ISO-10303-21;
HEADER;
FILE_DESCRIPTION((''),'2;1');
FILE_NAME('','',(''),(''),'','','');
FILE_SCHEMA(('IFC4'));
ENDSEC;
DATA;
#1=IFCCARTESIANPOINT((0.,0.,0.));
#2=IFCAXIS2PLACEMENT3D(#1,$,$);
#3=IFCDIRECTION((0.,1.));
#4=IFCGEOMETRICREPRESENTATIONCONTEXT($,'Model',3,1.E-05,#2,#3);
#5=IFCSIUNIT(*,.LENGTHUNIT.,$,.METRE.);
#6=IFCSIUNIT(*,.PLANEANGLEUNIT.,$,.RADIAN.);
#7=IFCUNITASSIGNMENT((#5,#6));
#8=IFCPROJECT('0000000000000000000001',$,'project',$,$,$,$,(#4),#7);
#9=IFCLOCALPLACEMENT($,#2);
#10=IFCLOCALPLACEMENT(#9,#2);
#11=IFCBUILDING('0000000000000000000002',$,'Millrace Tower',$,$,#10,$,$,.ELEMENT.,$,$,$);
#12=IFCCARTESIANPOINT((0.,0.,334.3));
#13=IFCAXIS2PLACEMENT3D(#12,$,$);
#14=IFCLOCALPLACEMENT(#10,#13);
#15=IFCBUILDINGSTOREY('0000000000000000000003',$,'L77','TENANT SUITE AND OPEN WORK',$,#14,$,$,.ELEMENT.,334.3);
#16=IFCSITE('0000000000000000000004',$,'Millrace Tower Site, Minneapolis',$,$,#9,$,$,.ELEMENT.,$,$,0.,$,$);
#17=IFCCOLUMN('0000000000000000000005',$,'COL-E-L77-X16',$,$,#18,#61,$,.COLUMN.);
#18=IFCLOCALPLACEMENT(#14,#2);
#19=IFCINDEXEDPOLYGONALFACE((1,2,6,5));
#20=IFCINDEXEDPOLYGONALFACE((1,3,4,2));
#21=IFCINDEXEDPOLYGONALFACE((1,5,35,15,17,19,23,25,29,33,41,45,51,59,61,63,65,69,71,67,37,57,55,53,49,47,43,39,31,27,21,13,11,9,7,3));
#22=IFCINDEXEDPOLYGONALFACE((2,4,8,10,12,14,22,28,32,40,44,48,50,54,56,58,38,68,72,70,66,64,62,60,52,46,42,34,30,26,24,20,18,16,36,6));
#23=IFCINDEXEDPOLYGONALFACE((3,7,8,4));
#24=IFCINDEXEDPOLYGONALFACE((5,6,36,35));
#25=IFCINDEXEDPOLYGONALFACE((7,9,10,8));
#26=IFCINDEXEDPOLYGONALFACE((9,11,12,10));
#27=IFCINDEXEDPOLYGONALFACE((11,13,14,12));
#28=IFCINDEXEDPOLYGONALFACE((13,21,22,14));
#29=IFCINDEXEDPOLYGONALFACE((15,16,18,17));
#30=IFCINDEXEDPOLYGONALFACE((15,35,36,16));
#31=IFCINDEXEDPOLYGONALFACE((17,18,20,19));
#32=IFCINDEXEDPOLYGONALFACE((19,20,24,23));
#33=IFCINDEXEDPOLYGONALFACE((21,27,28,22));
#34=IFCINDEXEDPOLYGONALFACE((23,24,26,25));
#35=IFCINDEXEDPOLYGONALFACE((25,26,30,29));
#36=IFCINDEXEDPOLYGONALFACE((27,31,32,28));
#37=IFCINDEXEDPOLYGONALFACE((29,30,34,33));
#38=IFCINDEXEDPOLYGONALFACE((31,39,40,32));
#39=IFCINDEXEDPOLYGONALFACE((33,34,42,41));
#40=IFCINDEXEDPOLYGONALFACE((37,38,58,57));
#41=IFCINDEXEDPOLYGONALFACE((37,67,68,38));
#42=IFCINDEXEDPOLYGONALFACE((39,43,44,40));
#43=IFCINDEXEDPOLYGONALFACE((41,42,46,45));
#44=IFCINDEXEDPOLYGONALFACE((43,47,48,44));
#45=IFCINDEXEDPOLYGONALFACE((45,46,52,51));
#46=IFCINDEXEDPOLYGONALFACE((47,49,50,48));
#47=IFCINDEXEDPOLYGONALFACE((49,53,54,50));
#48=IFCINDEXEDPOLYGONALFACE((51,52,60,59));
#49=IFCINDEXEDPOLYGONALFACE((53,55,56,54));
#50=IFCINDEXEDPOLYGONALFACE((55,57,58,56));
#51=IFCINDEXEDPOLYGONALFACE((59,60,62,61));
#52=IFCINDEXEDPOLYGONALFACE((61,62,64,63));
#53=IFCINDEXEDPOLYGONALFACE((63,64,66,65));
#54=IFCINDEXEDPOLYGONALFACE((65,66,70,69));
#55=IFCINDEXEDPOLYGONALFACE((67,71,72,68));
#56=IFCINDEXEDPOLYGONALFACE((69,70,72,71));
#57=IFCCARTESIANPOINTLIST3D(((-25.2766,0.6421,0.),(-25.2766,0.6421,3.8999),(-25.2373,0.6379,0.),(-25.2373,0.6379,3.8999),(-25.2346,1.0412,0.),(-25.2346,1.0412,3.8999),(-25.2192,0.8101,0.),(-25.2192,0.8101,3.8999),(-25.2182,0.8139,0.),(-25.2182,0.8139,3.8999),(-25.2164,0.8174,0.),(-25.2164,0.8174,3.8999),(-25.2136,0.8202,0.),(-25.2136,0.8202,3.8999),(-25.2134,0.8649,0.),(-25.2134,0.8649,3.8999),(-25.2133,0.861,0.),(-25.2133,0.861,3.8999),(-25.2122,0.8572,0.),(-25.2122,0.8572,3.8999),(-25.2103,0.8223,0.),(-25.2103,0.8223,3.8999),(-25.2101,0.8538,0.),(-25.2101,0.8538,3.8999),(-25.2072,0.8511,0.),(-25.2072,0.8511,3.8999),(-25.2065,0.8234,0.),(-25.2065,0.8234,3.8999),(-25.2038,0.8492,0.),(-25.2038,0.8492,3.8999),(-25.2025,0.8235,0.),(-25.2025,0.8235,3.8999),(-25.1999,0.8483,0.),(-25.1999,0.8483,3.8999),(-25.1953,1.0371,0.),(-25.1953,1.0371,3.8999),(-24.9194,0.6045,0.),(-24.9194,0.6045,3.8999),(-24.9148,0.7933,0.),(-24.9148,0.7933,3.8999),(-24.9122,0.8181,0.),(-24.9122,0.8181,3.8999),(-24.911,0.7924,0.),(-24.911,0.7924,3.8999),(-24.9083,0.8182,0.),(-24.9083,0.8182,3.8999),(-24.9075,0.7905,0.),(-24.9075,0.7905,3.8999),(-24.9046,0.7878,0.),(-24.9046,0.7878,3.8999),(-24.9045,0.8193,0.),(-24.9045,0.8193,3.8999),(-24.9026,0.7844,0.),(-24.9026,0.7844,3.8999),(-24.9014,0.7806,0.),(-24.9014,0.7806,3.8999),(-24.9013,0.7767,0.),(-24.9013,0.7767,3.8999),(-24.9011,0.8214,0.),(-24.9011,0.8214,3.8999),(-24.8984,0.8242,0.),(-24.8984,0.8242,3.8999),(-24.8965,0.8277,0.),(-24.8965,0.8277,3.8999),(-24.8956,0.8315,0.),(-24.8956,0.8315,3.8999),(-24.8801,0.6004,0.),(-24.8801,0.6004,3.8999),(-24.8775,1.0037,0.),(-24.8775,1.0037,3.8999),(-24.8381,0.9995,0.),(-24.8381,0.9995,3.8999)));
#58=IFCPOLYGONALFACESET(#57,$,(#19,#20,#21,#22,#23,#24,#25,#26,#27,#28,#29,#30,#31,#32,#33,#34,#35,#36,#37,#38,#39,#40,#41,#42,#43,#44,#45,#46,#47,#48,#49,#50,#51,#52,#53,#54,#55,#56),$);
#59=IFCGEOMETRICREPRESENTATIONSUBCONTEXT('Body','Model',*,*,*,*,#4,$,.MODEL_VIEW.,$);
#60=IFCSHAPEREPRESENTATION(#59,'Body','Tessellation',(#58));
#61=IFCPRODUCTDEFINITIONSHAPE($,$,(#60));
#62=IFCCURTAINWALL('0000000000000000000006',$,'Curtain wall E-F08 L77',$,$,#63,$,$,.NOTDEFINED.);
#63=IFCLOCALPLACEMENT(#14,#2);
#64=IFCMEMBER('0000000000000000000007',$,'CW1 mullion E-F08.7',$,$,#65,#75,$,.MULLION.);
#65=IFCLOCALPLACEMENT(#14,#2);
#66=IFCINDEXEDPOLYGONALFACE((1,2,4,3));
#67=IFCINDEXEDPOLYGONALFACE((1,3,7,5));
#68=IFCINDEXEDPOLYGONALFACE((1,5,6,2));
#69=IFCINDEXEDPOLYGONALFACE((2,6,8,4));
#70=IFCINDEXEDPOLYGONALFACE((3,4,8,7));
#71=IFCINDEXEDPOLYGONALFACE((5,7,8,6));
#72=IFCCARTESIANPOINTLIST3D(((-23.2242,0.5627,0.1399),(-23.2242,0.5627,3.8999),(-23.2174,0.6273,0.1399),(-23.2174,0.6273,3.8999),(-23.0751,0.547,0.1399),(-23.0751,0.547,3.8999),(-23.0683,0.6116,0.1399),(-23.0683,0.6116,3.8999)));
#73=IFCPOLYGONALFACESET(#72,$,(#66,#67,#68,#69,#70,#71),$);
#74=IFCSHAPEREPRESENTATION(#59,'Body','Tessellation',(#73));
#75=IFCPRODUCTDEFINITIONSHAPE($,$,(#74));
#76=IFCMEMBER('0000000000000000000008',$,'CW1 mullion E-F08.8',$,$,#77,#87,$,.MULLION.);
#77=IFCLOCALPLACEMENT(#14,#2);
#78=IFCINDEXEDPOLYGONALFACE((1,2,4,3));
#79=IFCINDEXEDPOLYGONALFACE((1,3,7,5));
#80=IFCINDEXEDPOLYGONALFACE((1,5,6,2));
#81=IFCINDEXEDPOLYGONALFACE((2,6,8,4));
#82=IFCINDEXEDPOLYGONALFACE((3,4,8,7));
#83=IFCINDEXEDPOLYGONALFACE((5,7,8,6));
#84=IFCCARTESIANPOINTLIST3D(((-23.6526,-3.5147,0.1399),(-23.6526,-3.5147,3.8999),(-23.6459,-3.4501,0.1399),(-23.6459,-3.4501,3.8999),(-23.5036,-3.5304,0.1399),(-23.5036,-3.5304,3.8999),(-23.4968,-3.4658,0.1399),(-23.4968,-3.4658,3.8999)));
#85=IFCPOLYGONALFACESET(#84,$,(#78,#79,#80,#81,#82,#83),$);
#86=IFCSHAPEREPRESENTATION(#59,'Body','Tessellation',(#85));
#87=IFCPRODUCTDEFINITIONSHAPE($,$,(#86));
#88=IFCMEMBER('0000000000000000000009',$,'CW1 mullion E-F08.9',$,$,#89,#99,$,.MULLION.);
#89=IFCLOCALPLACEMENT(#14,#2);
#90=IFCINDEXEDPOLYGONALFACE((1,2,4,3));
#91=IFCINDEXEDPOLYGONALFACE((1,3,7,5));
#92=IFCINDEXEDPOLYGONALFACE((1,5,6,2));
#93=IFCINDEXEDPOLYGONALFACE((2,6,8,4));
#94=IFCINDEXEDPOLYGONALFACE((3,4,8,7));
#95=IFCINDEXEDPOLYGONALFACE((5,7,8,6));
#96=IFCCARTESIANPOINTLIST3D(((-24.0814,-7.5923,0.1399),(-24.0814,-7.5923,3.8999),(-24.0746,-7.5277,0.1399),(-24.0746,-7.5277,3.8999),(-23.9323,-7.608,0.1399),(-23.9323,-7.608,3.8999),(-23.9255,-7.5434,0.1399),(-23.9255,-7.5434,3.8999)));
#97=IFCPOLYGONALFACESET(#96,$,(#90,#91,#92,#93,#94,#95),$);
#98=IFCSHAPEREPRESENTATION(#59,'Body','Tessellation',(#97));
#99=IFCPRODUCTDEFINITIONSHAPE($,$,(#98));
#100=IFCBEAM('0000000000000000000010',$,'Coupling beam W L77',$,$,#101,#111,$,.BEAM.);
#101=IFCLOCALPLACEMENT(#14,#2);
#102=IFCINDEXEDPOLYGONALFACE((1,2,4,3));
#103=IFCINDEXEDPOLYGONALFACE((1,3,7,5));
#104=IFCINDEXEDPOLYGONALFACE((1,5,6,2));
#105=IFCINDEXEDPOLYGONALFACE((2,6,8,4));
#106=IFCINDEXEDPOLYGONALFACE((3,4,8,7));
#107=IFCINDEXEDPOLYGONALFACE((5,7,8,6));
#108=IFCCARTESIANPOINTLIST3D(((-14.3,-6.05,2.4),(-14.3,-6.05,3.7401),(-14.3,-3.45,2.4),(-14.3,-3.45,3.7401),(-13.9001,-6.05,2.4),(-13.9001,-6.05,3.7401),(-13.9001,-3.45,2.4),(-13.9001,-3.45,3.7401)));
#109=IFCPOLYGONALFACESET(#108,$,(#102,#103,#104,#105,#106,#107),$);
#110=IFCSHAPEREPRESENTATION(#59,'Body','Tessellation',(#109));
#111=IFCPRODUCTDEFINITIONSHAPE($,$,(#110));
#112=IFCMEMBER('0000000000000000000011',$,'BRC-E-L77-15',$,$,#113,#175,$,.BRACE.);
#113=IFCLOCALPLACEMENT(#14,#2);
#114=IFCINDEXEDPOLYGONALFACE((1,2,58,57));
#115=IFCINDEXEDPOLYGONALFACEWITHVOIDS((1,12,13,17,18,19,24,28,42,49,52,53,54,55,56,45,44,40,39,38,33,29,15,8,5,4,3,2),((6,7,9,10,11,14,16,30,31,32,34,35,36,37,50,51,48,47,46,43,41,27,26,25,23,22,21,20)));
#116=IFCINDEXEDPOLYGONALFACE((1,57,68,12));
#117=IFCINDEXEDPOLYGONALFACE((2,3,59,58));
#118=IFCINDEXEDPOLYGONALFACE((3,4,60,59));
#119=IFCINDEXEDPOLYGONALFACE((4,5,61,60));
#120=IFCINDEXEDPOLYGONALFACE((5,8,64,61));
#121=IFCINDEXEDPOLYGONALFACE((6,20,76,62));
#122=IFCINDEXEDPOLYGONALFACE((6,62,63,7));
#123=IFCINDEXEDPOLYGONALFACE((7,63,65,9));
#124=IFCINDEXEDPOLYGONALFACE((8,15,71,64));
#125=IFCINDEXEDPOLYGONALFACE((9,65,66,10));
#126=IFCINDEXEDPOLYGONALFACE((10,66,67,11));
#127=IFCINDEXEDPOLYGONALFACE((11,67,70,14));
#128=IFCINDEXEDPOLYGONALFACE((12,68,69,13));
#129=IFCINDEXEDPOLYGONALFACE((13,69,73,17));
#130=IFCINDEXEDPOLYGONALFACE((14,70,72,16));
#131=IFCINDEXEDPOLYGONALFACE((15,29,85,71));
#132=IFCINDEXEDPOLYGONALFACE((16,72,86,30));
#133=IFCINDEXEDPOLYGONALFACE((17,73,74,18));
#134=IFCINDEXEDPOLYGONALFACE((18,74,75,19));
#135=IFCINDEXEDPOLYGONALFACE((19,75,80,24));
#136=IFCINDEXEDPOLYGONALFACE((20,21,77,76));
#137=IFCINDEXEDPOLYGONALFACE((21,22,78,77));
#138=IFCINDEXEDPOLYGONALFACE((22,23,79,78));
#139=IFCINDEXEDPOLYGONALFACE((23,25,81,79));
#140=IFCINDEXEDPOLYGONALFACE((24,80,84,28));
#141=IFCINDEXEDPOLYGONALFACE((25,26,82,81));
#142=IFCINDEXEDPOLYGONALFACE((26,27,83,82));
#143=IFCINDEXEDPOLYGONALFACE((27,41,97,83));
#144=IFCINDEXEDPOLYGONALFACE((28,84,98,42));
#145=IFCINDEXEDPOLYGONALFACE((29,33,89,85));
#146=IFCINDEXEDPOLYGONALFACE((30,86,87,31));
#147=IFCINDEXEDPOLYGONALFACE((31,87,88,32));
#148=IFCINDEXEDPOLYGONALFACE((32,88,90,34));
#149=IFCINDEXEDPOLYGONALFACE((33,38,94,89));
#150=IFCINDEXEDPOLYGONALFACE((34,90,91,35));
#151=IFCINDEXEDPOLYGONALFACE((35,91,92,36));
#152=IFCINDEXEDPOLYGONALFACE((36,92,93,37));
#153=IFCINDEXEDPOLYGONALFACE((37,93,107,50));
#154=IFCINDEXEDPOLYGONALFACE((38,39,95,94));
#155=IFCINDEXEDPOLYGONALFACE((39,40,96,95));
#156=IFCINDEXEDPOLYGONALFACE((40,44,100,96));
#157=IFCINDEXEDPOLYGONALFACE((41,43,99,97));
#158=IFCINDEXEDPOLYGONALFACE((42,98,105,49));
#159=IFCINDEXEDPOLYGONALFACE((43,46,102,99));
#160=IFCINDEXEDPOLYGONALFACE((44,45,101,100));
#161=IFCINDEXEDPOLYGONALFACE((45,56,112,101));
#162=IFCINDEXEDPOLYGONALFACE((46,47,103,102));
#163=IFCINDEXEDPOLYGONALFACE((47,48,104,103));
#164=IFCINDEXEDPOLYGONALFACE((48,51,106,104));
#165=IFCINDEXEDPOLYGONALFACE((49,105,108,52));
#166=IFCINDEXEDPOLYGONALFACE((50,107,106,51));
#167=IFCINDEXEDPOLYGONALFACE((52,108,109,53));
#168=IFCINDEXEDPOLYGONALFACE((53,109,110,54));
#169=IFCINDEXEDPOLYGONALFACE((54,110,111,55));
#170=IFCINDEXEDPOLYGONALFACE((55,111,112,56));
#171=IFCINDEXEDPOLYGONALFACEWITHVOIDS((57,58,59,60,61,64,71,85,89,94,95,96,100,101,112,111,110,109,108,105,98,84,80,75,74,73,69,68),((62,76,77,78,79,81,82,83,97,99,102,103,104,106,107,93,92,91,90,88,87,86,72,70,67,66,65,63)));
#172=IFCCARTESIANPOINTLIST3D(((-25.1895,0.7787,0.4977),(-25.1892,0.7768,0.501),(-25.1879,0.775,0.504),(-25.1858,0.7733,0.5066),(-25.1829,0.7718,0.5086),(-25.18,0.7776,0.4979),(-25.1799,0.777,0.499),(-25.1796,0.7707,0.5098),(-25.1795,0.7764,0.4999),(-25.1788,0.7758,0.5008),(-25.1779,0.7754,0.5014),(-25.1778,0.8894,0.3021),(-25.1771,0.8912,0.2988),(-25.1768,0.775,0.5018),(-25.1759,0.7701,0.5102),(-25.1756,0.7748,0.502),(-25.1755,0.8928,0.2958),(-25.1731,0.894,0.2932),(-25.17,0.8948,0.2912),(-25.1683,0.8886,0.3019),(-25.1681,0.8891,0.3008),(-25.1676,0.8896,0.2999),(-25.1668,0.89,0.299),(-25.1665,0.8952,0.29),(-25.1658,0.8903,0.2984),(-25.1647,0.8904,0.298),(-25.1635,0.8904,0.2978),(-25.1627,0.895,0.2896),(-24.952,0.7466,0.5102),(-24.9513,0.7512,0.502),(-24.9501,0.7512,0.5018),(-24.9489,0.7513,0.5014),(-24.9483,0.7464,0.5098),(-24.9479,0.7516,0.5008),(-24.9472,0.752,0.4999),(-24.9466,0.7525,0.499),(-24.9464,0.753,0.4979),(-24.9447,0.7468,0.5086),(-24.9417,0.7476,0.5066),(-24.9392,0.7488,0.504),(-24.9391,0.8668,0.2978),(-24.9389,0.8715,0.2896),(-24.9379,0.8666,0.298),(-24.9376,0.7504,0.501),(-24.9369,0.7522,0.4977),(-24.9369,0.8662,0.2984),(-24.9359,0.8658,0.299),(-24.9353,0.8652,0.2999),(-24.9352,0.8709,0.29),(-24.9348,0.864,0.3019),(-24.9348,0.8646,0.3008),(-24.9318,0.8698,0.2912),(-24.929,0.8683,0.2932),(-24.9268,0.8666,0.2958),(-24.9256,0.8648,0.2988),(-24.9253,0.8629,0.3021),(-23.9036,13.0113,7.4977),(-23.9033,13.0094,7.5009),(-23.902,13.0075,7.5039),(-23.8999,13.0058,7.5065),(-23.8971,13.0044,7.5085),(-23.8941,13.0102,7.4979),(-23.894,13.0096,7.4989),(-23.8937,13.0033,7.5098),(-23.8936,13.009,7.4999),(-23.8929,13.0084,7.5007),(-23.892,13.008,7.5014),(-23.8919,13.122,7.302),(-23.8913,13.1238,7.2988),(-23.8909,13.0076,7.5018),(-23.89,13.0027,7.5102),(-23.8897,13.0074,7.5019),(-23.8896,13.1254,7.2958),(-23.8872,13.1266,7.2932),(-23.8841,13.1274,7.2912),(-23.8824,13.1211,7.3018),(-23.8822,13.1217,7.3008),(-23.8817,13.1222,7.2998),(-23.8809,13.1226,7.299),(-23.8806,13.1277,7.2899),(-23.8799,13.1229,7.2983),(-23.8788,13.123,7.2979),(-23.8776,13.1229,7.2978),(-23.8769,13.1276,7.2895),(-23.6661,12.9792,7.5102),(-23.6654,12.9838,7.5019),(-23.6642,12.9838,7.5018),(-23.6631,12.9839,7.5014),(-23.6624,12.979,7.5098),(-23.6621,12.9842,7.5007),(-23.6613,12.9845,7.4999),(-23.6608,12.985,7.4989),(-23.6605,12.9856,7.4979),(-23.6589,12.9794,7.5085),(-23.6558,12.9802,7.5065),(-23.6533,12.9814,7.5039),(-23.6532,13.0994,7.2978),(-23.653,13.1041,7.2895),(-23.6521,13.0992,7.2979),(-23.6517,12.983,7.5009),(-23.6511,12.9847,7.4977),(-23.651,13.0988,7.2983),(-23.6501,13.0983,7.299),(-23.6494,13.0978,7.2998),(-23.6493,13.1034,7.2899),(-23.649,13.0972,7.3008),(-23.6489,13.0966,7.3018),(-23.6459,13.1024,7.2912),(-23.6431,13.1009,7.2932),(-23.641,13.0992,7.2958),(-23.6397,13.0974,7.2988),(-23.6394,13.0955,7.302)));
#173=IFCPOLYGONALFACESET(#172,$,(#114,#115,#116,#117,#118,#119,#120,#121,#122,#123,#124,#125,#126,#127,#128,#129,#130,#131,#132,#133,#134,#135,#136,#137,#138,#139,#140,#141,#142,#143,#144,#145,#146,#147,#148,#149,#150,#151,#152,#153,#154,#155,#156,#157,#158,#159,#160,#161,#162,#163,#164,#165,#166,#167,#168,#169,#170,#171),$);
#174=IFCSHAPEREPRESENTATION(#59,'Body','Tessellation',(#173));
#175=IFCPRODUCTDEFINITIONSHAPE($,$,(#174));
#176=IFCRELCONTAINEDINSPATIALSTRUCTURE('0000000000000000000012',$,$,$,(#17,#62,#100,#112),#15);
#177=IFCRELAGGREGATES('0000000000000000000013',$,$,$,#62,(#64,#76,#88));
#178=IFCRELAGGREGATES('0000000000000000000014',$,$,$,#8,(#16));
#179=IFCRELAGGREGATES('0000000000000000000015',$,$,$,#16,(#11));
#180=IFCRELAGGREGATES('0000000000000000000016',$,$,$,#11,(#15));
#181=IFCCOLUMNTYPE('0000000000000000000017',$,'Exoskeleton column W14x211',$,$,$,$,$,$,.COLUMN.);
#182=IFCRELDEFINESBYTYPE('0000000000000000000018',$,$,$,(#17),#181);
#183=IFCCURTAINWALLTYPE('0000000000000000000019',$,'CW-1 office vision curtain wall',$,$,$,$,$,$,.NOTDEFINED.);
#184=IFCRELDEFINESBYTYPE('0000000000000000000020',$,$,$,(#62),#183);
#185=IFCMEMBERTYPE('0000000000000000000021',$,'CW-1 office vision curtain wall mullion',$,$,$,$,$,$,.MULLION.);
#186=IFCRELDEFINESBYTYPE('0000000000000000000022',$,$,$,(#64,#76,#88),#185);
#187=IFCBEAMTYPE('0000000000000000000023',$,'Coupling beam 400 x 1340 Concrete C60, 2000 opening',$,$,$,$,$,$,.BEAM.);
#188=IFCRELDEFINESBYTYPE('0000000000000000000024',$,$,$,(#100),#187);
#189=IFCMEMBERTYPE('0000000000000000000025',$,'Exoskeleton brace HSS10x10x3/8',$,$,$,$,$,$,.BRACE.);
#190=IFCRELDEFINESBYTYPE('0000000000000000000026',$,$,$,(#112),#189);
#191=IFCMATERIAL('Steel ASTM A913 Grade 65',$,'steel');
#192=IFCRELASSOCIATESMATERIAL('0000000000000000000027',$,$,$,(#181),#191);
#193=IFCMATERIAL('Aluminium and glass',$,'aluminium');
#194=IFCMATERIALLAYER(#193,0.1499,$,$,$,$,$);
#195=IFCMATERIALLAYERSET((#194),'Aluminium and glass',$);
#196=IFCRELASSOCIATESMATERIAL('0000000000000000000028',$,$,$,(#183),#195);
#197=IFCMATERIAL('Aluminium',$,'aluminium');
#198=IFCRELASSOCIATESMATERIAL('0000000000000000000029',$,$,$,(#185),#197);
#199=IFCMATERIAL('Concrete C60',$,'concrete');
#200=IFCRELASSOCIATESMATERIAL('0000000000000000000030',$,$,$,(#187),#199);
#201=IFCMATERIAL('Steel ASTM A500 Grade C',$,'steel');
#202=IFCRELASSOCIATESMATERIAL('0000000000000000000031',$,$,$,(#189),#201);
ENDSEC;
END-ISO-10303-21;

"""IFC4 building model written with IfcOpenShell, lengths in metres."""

from ifc_helpers import new_model, si_unit, direction, frame, origin, origin_2d, place, context, subcontext, project, spatial, rectangle, hollow_rectangle, i_section, extrude, material, layer, layer_set, material_profile, profile_set, type_object, element, aggregate, save


model = new_model("IFC4")

# Units and contexts
model_context = context("Model", 3, precision=1e-05, world=origin(), true_north=direction((0.0, 1.0)))
body_context = subcontext(model_context, "Body", "Model", "MODEL_VIEW")
ifc_project = project(units=[si_unit("LENGTHUNIT", "METRE"), si_unit("PLANEANGLEUNIT", "RADIAN")], contexts=[model_context])

# Site, building, storey
site_placement = place(None, origin())
site = spatial("IfcSite", under=ifc_project, at=site_placement, Name="Millrace Tower Site, Minneapolis", CompositionType="ELEMENT", RefElevation=0.0)
building_placement = place(site_placement, origin())
building = spatial("IfcBuilding", under=site, at=building_placement, Name="Millrace Tower", CompositionType="ELEMENT")
storey_placement = place(building_placement, frame((0.0, 0.0, 334.3)))
storey = spatial("IfcBuildingStorey", under=building, at=storey_placement, Name="L77", Description="TENANT SUITE AND OPEN WORK", CompositionType="ELEMENT", Elevation=334.3)

# Column
ifc_material_1 = material(Name="Steel ASTM A913 Grade 65", Category="steel")
ifc_material_profile_1 = material_profile(ifc_material_1, i_section(OverallWidth=0.4014, OverallDepth=0.3987, WebThickness=0.0249, FlangeThickness=0.0396, FilletRadius=0.0151, at=origin_2d()))
ifc_profile_set_1 = profile_set([ifc_material_profile_1], Name="Steel ASTM A913 Grade 65")
column_type = type_object("IfcColumnType", Name="Exoskeleton column W14x211", PredefinedType="COLUMN", material=ifc_profile_set_1)
column_placement = place(storey_placement, frame((-25.0574, 0.8208, 0.0), z_axis=(0.0, 0.0, 1.0), x_axis=(-0.104528, -0.994522, 0.0)))
element("IfcColumn", 1, at=column_placement, inside=storey, type_object=column_type, Name="COL-E-L77-X16", PredefinedType="COLUMN", context=body_context, shape_type="SweptSolid", body=[
    extrude(i_section(OverallWidth=0.4014, OverallDepth=0.3987, WebThickness=0.0249, FlangeThickness=0.0396, FilletRadius=0.0151, at=origin_2d()), origin(), (0.0, 0.0, 1.0), 3.8999),
])

# Curtain wall, members
ifc_material_2 = material(Name="Aluminium and glass", Category="aluminium")
ifc_layer_1 = layer(ifc_material_2, 0.1499)
ifc_layer_set_1 = layer_set([ifc_layer_1], Name="Aluminium and glass")
curtain_wall_type = type_object("IfcCurtainWallType", Name="CW-1 office vision curtain wall", PredefinedType="NOTDEFINED", material=ifc_layer_set_1)
curtain_wall_placement = place(storey_placement, origin())
curtain_wall = element("IfcCurtainWall", 2, at=curtain_wall_placement, inside=storey, type_object=curtain_wall_type, Name="Curtain wall E-F08 L77", PredefinedType="NOTDEFINED")
ifc_material_3 = material(Name="Aluminium", Category="aluminium")
ifc_material_profile_2 = material_profile(ifc_material_3, rectangle(XDim=0.0649, YDim=0.1499, at=origin_2d()))
ifc_profile_set_2 = profile_set([ifc_material_profile_2], Name="Aluminium")
member_type_1 = type_object("IfcMemberType", Name="CW-1 office vision curtain wall mullion", PredefinedType="MULLION", material=ifc_profile_set_2)
member_1_placement = place(storey_placement, frame((-23.1462, 0.5872, 0.1399), z_axis=(0.0, 0.0, 1.0), x_axis=(-0.104528, -0.994522, 0.0)))
member_1 = element("IfcMember", 3, at=member_1_placement, type_object=member_type_1, Name="CW1 mullion E-F08.7", PredefinedType="MULLION", context=body_context, shape_type="SweptSolid", body=[
    extrude(rectangle(XDim=0.0649, YDim=0.1499, at=origin_2d()), origin(), (0.0, 0.0, 1.0), 3.76),
])
member_2_placement = place(storey_placement, frame((-23.5747, -3.4902, 0.1399), z_axis=(0.0, 0.0, 1.0), x_axis=(-0.104528, -0.994522, 0.0)))
member_2 = element("IfcMember", 4, at=member_2_placement, type_object=member_type_1, Name="CW1 mullion E-F08.8", PredefinedType="MULLION", context=body_context, shape_type="SweptSolid", body=[
    extrude(rectangle(XDim=0.0649, YDim=0.1499, at=origin_2d()), origin(), (0.0, 0.0, 1.0), 3.76),
])
member_3_placement = place(storey_placement, frame((-24.0034, -7.5679, 0.1399), z_axis=(0.0, 0.0, 1.0), x_axis=(-0.104528, -0.994522, 0.0)))
member_3 = element("IfcMember", 5, at=member_3_placement, type_object=member_type_1, Name="CW1 mullion E-F08.9", PredefinedType="MULLION", context=body_context, shape_type="SweptSolid", body=[
    extrude(rectangle(XDim=0.0649, YDim=0.1499, at=origin_2d()), origin(), (0.0, 0.0, 1.0), 3.76),
])
aggregate(curtain_wall, [member_1, member_2, member_3])

# Beam
ifc_material_4 = material(Name="Concrete C60", Category="concrete")
ifc_material_profile_3 = material_profile(ifc_material_4, rectangle(XDim=0.3999, YDim=1.3401, at=origin_2d()))
ifc_profile_set_3 = profile_set([ifc_material_profile_3], Name="Concrete C60")
beam_type_1 = type_object("IfcBeamType", Name="Coupling beam 400 x 1340 Concrete C60, 2000 opening", PredefinedType="BEAM", material=ifc_profile_set_3)
beam_1_placement = place(storey_placement, frame((-14.1001, -6.05, 3.0701), z_axis=(0.0, 1.0, 0.0), x_axis=(-1.0, 0.0, 0.0)))
element("IfcBeam", 6, at=beam_1_placement, inside=storey, type_object=beam_type_1, Name="Coupling beam W L77", PredefinedType="BEAM", context=body_context, shape_type="SweptSolid", body=[
    extrude(rectangle(XDim=0.3999, YDim=1.3401, at=origin_2d()), origin(), (0.0, 0.0, 1.0), 2.6001),
])

# Member
ifc_material_5 = material(Name="Steel ASTM A500 Grade C", Category="steel")
ifc_material_profile_4 = material_profile(ifc_material_5, hollow_rectangle(XDim=0.2539, YDim=0.2539, WallThickness=0.0095, InnerFilletRadius=0.0046, OuterFilletRadius=0.0144, at=origin_2d()))
ifc_profile_set_4 = profile_set([ifc_material_profile_4], Name="Steel ASTM A500 Grade C")
member_type_2 = type_object("IfcMemberType", Name="Exoskeleton brace HSS10x10x3/8", PredefinedType="BRACE", material=ifc_profile_set_4)
member_4_placement = place(storey_placement, frame((-25.0574, 0.8208, 0.3999), z_axis=(0.09086, 0.86435, 0.494614), x_axis=(-0.99452, 0.104543, 0.0)))
element("IfcMember", 7, at=member_4_placement, inside=storey, type_object=member_type_2, Name="BRC-E-L77-15", PredefinedType="BRACE", context=body_context, shape_type="SweptSolid", body=[
    extrude(hollow_rectangle(XDim=0.2539, YDim=0.2539, WallThickness=0.0095, InnerFilletRadius=0.0046, OuterFilletRadius=0.0144, at=origin_2d()), origin(), (0.0, 0.0, 1.0), 14.1523),
])

save(model, "model.ifc")
